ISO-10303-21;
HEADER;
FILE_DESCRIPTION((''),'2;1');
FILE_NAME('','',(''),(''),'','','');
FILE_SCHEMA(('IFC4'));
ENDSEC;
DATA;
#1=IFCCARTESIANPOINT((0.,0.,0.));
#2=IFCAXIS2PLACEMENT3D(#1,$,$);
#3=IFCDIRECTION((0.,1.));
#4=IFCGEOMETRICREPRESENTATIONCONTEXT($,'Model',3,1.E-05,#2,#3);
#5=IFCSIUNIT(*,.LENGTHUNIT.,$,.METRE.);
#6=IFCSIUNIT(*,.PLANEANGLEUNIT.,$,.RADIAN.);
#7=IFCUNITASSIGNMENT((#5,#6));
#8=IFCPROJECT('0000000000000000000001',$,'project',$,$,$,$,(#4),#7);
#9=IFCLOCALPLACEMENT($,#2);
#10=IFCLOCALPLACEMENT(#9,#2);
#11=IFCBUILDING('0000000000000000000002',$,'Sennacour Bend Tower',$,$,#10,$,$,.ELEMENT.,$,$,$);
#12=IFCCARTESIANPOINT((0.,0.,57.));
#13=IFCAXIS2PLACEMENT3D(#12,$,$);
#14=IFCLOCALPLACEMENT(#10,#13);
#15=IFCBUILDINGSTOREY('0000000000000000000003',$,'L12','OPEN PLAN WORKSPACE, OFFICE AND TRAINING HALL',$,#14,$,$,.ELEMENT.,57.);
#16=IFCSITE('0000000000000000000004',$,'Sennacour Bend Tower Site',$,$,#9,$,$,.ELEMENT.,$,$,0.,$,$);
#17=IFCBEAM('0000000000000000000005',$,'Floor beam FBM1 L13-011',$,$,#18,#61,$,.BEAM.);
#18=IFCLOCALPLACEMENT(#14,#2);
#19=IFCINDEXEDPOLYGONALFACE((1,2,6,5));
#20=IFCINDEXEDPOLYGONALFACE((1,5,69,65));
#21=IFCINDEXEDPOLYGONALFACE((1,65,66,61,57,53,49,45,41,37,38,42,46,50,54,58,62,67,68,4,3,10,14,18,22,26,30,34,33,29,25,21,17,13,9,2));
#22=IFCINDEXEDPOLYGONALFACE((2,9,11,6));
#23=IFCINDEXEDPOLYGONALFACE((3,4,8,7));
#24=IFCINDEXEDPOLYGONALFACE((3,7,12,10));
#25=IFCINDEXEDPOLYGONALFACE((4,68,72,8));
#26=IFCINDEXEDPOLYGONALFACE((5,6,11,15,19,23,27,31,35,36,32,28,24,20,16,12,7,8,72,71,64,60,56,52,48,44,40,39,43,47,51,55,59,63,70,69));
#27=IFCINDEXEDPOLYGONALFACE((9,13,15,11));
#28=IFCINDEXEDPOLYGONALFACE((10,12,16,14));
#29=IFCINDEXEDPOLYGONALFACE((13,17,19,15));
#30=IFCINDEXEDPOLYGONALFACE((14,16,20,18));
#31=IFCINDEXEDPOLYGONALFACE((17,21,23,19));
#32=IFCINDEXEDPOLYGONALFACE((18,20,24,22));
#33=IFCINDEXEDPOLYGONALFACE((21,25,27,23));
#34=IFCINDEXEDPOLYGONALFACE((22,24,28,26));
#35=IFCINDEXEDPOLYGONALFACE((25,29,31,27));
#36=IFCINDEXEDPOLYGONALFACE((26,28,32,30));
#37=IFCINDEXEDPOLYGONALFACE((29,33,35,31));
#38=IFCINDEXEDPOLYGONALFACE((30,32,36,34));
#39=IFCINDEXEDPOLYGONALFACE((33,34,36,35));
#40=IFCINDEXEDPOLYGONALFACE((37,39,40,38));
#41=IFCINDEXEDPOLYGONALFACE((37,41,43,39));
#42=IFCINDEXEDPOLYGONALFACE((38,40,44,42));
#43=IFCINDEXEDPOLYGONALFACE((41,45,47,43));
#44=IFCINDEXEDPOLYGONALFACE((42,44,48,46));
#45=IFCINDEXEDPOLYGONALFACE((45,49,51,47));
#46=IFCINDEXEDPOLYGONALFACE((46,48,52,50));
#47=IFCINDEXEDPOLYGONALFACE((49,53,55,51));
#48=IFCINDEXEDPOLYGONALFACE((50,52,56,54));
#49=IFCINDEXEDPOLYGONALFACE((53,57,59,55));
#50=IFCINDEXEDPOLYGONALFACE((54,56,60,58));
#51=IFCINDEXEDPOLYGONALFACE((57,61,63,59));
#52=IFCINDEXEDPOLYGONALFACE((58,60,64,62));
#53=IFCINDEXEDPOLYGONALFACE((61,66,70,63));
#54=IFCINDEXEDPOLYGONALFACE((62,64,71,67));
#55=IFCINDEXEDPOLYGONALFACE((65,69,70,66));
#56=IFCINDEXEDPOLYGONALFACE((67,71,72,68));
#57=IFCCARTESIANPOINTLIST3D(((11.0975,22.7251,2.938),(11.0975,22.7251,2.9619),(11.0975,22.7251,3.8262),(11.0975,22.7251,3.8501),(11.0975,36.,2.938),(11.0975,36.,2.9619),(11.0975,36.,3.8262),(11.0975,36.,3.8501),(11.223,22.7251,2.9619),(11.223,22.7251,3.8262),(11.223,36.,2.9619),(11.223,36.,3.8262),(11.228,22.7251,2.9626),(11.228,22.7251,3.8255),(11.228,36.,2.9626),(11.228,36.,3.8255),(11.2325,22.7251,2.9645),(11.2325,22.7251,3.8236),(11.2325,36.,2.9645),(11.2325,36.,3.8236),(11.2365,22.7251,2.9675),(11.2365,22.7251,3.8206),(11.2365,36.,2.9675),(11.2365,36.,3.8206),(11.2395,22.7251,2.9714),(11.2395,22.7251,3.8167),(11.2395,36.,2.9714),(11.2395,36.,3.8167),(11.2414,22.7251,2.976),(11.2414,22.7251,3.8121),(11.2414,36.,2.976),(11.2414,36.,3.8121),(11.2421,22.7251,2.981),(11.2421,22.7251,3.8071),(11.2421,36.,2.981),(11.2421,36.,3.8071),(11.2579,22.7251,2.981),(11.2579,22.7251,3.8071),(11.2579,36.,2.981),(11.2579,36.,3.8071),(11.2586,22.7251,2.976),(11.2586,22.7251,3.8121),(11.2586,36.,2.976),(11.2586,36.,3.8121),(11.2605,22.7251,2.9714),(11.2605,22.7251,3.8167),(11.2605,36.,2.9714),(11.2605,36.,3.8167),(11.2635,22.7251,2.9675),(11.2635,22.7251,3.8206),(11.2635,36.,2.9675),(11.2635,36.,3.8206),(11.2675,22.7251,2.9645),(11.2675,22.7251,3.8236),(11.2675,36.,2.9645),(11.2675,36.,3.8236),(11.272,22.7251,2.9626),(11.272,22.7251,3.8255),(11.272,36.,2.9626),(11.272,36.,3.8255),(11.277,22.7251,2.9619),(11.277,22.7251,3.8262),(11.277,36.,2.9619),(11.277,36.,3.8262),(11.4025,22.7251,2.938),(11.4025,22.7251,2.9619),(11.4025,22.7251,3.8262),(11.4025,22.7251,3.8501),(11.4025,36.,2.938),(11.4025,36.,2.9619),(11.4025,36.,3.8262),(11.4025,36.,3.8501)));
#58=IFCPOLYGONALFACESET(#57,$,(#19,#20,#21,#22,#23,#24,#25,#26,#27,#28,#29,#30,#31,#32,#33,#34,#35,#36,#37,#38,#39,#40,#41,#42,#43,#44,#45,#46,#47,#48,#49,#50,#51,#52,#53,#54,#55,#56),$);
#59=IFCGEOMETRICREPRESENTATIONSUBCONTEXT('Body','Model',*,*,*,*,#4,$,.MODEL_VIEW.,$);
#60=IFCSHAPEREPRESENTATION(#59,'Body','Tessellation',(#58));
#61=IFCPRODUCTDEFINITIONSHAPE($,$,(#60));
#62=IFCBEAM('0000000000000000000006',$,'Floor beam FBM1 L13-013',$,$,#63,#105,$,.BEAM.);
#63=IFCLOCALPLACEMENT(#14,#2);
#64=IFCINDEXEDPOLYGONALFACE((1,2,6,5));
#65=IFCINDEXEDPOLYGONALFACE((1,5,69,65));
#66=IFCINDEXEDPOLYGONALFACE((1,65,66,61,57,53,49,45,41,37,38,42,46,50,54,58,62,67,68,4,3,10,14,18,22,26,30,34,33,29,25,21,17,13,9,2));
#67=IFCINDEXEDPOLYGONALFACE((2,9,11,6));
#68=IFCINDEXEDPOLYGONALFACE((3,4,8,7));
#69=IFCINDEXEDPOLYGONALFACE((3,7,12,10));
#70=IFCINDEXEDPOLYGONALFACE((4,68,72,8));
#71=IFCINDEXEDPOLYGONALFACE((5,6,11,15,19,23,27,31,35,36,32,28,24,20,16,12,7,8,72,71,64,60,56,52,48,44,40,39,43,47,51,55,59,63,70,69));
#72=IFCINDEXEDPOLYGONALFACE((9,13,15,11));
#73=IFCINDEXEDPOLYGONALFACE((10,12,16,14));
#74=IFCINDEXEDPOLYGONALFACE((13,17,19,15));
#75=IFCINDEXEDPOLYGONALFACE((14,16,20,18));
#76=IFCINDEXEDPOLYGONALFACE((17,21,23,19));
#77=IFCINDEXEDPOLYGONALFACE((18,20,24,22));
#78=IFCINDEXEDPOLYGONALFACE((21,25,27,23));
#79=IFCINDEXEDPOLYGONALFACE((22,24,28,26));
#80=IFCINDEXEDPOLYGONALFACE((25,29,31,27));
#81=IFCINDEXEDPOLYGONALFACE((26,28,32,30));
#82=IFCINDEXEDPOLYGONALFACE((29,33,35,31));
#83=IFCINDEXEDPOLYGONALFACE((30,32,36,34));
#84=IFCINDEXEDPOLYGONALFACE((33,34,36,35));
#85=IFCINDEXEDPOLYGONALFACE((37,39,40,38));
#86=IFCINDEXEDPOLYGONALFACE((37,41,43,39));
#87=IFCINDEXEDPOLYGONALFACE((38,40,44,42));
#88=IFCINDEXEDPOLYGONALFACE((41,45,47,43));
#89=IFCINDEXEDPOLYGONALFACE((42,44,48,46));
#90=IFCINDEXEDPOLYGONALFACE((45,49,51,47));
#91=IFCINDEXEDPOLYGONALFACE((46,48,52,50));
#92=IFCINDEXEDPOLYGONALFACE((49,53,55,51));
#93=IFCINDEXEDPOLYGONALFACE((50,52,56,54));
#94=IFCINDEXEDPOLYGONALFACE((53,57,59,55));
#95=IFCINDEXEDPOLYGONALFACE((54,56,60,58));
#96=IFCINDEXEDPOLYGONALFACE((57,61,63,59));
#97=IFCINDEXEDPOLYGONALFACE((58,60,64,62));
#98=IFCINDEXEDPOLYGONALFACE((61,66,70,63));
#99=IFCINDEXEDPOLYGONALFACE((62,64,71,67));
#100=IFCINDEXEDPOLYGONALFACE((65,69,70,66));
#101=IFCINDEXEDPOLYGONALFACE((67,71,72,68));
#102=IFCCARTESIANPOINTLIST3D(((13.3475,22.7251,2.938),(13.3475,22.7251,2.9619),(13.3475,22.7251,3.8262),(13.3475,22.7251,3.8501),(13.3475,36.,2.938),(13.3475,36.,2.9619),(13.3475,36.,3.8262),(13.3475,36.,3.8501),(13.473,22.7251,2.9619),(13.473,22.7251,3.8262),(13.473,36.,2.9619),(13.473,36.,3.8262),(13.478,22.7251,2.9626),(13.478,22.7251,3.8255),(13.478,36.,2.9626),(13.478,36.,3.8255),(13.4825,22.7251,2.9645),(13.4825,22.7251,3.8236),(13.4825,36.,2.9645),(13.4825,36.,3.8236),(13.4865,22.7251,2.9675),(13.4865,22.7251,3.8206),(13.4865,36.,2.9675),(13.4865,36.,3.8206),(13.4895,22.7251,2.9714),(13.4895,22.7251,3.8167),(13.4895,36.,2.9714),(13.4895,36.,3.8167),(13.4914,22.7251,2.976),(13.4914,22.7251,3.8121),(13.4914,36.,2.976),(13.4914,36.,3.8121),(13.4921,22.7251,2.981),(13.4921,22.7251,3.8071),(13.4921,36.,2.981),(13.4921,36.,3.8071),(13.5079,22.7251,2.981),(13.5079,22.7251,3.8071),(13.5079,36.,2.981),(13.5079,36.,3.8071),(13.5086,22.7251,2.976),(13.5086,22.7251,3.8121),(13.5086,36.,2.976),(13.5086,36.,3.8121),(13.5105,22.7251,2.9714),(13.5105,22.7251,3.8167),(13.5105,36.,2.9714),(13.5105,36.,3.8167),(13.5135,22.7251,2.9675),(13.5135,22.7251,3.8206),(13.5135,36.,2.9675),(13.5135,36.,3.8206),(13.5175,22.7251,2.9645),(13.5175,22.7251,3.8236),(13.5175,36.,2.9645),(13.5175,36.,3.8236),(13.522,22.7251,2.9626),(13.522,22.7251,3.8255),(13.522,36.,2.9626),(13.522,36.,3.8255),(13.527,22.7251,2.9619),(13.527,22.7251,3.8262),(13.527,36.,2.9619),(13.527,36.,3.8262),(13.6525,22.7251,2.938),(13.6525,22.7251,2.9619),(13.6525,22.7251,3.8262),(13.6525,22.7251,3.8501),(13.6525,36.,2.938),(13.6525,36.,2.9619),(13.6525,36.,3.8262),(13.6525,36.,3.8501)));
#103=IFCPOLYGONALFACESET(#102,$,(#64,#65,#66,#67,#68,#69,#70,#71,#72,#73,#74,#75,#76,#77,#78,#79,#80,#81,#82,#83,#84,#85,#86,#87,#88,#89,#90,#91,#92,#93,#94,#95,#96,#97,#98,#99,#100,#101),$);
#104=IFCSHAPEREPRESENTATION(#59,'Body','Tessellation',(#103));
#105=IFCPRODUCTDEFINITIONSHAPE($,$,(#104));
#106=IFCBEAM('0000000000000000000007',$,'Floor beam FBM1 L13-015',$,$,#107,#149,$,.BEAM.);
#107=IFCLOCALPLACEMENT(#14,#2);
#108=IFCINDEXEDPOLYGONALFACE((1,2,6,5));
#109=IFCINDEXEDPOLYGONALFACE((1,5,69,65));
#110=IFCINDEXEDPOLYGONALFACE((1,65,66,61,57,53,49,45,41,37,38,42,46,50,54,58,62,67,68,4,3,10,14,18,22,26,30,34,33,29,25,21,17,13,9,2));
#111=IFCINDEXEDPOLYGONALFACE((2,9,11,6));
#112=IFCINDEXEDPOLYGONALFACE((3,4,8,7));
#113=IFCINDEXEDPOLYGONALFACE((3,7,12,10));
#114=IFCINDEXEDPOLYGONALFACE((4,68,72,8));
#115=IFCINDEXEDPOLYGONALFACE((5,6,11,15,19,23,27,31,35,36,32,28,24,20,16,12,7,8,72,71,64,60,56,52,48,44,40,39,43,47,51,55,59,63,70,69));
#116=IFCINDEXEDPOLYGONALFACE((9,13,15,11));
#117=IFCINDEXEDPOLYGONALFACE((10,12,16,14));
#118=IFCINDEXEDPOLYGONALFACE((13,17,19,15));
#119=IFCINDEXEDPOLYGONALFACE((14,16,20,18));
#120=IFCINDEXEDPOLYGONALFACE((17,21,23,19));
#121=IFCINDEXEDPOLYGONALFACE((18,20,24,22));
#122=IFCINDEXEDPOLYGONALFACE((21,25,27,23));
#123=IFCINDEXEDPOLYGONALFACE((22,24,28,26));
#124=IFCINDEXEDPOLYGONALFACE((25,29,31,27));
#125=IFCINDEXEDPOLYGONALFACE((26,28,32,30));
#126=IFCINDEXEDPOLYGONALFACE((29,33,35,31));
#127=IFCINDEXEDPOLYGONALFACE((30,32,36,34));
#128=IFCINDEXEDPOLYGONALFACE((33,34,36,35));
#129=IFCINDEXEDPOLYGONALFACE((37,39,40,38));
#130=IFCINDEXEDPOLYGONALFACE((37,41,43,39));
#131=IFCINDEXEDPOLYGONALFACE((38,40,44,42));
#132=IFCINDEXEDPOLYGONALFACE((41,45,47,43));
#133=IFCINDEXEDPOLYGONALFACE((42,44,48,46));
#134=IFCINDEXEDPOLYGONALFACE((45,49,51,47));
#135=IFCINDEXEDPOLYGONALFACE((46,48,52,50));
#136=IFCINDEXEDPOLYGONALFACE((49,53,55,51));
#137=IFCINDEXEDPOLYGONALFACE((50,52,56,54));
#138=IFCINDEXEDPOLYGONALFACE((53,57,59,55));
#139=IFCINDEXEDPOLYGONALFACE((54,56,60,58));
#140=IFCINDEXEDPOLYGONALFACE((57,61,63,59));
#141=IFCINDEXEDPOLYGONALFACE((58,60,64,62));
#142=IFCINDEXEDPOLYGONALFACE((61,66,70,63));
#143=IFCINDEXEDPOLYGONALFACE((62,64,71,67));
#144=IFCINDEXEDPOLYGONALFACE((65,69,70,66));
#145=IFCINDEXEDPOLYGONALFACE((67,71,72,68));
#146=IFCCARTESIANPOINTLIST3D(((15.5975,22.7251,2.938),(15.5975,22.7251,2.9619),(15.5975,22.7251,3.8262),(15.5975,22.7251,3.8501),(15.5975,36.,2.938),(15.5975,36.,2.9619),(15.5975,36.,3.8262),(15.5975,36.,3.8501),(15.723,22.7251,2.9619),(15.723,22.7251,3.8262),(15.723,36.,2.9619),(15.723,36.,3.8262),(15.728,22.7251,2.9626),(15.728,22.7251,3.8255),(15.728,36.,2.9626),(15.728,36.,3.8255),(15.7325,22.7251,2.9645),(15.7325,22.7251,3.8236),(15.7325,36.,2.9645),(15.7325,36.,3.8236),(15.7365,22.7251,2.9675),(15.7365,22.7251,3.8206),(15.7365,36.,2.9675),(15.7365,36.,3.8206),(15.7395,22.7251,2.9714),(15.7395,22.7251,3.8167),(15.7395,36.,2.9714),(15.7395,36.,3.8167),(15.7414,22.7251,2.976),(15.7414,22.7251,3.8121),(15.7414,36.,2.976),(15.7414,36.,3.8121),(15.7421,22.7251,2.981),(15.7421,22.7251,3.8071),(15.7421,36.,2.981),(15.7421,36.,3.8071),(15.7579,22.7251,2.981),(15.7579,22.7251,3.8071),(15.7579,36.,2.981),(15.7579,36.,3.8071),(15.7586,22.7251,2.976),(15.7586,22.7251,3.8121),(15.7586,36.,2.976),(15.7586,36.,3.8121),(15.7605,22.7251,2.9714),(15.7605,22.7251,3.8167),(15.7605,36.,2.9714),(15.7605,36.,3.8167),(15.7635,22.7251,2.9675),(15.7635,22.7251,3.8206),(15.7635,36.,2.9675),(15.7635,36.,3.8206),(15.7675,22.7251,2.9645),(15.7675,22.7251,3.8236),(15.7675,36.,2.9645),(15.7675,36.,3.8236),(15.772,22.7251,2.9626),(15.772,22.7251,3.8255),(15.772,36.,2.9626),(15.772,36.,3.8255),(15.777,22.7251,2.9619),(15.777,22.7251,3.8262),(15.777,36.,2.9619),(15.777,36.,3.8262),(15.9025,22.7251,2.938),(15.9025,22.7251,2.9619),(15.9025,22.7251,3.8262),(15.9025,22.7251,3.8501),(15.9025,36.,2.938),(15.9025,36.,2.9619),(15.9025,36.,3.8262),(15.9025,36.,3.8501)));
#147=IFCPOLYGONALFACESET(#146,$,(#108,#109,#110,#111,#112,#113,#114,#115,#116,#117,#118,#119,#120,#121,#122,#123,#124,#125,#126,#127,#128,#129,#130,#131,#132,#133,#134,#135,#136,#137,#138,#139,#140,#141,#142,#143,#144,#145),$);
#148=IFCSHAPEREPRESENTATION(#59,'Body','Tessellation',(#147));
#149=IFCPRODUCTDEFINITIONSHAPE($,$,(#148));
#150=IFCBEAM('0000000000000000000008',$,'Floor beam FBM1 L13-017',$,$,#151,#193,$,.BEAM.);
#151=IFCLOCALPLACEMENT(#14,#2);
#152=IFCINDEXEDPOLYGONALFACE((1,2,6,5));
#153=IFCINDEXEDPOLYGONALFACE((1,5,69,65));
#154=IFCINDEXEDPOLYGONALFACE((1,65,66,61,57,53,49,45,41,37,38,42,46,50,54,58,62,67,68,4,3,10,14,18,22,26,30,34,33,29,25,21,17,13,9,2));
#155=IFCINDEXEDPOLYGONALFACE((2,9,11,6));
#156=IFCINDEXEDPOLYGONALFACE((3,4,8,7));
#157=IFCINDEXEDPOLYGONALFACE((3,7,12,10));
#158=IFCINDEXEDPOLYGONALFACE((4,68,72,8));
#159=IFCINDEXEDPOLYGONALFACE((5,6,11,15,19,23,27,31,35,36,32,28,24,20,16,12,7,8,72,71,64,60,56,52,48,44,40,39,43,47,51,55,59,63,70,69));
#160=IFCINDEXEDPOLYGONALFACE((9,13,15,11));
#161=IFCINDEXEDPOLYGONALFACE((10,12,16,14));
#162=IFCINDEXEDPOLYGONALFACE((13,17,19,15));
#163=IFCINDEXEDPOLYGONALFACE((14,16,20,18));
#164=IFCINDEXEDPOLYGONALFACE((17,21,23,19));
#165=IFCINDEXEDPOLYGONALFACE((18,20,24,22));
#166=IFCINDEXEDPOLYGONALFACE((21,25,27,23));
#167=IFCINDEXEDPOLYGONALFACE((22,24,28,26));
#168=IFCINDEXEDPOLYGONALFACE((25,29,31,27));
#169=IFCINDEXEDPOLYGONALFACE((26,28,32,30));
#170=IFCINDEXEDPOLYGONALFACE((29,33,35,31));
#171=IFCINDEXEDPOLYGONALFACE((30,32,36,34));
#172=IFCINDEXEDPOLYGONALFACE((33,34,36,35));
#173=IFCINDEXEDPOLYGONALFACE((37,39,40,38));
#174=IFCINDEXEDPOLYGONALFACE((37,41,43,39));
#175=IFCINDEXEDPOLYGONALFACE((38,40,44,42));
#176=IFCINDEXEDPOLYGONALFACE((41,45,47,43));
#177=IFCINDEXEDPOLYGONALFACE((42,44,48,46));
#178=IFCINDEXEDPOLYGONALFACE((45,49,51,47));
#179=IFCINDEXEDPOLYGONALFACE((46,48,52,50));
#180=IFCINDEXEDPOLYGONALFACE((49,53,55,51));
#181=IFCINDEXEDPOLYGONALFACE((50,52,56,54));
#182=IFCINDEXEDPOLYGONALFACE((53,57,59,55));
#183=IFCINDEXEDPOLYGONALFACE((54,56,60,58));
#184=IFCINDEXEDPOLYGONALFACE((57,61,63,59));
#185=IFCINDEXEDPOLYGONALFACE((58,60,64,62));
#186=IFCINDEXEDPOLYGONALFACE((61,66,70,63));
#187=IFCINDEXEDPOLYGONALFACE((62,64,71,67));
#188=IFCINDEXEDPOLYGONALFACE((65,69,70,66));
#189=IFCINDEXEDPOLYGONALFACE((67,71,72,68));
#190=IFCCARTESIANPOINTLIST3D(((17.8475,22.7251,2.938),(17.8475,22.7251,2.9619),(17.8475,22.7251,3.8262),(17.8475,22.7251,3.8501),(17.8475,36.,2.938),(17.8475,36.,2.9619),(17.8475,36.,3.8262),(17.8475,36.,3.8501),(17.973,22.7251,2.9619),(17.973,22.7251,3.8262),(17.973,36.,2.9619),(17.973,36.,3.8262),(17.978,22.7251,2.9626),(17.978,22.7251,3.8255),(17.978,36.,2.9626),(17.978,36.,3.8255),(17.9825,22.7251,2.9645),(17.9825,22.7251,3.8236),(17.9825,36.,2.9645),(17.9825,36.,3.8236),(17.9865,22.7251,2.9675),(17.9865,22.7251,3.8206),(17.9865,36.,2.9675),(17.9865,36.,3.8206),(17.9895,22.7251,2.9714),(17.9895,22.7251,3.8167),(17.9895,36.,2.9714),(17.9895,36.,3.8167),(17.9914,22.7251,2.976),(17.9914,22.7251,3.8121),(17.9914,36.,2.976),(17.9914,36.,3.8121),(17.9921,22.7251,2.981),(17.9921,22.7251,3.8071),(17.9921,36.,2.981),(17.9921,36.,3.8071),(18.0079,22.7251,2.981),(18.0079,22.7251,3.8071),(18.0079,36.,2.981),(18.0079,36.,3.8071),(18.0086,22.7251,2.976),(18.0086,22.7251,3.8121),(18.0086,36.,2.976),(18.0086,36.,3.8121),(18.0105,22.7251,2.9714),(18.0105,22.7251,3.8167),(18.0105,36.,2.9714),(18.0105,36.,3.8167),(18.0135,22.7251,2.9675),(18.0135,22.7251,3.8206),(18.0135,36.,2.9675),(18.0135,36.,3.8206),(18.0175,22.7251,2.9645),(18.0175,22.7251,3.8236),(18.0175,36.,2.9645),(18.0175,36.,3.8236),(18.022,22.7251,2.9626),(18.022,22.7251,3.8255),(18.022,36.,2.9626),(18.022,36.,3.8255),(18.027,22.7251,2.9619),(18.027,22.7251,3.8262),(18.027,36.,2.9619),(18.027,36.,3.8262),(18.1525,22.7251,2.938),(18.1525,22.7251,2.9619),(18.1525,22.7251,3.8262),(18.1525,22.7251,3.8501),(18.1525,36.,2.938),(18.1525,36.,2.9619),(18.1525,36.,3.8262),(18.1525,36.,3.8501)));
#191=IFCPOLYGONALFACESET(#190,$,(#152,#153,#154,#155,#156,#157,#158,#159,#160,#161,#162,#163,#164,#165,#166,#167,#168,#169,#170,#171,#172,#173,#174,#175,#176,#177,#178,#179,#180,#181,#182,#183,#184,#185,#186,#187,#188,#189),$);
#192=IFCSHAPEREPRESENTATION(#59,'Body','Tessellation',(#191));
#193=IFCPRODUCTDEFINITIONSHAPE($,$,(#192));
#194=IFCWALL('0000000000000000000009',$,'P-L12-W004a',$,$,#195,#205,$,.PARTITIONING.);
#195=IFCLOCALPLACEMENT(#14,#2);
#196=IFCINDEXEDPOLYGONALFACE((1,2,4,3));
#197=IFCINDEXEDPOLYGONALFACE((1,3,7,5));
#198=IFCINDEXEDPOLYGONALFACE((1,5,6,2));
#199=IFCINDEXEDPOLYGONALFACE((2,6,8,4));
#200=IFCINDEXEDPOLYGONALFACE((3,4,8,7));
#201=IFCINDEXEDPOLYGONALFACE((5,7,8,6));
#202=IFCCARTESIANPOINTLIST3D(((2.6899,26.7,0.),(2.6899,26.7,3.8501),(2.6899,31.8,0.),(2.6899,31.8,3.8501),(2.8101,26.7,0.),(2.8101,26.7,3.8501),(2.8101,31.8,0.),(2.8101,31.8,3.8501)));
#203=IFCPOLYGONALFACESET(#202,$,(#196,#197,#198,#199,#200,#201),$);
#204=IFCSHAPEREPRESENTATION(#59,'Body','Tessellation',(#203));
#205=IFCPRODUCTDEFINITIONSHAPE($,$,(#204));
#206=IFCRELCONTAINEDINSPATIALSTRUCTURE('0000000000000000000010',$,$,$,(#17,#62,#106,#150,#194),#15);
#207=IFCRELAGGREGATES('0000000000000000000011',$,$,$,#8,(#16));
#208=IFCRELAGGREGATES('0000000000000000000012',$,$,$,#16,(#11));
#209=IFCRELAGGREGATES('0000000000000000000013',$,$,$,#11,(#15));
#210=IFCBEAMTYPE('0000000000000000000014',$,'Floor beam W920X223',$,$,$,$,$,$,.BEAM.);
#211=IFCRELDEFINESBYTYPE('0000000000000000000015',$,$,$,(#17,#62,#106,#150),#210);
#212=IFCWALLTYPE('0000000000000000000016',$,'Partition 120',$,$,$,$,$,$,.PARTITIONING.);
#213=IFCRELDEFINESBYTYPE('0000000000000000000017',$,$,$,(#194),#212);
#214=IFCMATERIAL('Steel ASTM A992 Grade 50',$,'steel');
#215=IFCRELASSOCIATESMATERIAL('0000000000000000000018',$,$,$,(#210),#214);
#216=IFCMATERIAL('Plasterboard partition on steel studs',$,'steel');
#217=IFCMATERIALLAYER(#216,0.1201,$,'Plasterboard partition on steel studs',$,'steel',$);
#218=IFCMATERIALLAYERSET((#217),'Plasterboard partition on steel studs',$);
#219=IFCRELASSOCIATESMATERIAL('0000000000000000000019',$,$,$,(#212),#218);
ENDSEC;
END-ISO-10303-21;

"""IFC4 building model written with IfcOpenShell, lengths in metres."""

from ifc_helpers import new_model, si_unit, direction, frame, frame_2d, origin, origin_2d, place, context, subcontext, project, spatial, rectangle, i_section, extrude, material, layer, layer_set, material_profile, profile_set, type_object, element, save


model = new_model("IFC4")

# Units and contexts
model_context = context("Model", 3, precision=1e-05, world=origin(), true_north=direction((0.0, 1.0)))
body_context = subcontext(model_context, "Body", "Model", "MODEL_VIEW")
ifc_project = project(units=[si_unit("LENGTHUNIT", "METRE"), si_unit("PLANEANGLEUNIT", "RADIAN")], contexts=[model_context])

# Site, building, storey
site_placement = place(None, origin())
site = spatial("IfcSite", under=ifc_project, at=site_placement, Name="Sennacour Bend Tower Site", CompositionType="ELEMENT", RefElevation=0.0)
building_placement = place(site_placement, origin())
building = spatial("IfcBuilding", under=site, at=building_placement, Name="Sennacour Bend Tower", CompositionType="ELEMENT")
storey_placement = place(building_placement, frame((0.0, 0.0, 57.0)))
storey = spatial("IfcBuildingStorey", under=building, at=storey_placement, Name="L12", Description="OPEN PLAN WORKSPACE, OFFICE AND TRAINING HALL", CompositionType="ELEMENT", Elevation=57.0)

# Beams
ifc_material_1 = material(Name="Steel ASTM A992 Grade 50", Category="steel")
ifc_material_profile = material_profile(ifc_material_1, i_section(OverallWidth=0.3049, OverallDepth=0.9121, WebThickness=0.0159, FlangeThickness=0.0239, FilletRadius=0.019, at=origin_2d()), Name="Steel ASTM A992 Grade 50", Category="steel")
ifc_profile_set = profile_set([ifc_material_profile], Name="Steel ASTM A992 Grade 50")
beam_type = type_object("IfcBeamType", Name="Floor beam W920X223", PredefinedType="BEAM", material=ifc_profile_set)
for number, where, z_axis, x_axis, name in (
    (1, (11.25, 22.7251, 3.394), (0.0, 1.0, 0.0), (-1.0, 0.0, 0.0), "Floor beam FBM1 L13-011"),
    (2, (13.5, 22.7251, 3.394), (0.0, 1.0, 0.0), (-1.0, 0.0, 0.0), "Floor beam FBM1 L13-013"),
    (3, (15.75, 22.7251, 3.394), (0.0, 1.0, 0.0), (-1.0, 0.0, 0.0), "Floor beam FBM1 L13-015"),
    (4, (18.0, 22.7251, 3.394), (0.0, 1.0, 0.0), (-1.0, 0.0, 0.0), "Floor beam FBM1 L13-017"),
):
    element("IfcBeam", number, at=place(storey_placement, frame(where, z_axis=z_axis, x_axis=x_axis)), inside=storey, type_object=beam_type, Name=name, PredefinedType="BEAM", context=body_context, shape_type="SweptSolid", body=[
        extrude(i_section(OverallWidth=0.3049, OverallDepth=0.9121, WebThickness=0.0159, FlangeThickness=0.0239, FilletRadius=0.019, at=origin_2d()), origin(), (0.0, 0.0, 1.0), 13.2749),
    ])

# Wall
ifc_material_2 = material(Name="Plasterboard partition on steel studs", Category="steel")
ifc_layer_1 = layer(ifc_material_2, 0.1201, Name="Plasterboard partition on steel studs", Category="steel")
ifc_layer_set_1 = layer_set([ifc_layer_1], Name="Plasterboard partition on steel studs")
wall_type_1 = type_object("IfcWallType", Name="Partition 120", PredefinedType="PARTITIONING", material=ifc_layer_set_1)
for number, where, z_axis, x_axis, name in (
    (5, (2.75, 26.7, 0.0), (0.0, 0.0, 1.0), (0.0, 1.0, 0.0), "P-L12-W004a"),
):
    element("IfcWall", number, at=place(storey_placement, frame(where, z_axis=z_axis, x_axis=x_axis)), inside=storey, type_object=wall_type_1, Name=name, PredefinedType="PARTITIONING", context=body_context, shape_type="SweptSolid", body=[
        extrude(rectangle(XDim=5.1001, YDim=0.1201, at=frame_2d((2.55, 0.0))), origin(), (0.0, 0.0, 1.0), 3.8501),
    ])

save(model, "model.ifc")
